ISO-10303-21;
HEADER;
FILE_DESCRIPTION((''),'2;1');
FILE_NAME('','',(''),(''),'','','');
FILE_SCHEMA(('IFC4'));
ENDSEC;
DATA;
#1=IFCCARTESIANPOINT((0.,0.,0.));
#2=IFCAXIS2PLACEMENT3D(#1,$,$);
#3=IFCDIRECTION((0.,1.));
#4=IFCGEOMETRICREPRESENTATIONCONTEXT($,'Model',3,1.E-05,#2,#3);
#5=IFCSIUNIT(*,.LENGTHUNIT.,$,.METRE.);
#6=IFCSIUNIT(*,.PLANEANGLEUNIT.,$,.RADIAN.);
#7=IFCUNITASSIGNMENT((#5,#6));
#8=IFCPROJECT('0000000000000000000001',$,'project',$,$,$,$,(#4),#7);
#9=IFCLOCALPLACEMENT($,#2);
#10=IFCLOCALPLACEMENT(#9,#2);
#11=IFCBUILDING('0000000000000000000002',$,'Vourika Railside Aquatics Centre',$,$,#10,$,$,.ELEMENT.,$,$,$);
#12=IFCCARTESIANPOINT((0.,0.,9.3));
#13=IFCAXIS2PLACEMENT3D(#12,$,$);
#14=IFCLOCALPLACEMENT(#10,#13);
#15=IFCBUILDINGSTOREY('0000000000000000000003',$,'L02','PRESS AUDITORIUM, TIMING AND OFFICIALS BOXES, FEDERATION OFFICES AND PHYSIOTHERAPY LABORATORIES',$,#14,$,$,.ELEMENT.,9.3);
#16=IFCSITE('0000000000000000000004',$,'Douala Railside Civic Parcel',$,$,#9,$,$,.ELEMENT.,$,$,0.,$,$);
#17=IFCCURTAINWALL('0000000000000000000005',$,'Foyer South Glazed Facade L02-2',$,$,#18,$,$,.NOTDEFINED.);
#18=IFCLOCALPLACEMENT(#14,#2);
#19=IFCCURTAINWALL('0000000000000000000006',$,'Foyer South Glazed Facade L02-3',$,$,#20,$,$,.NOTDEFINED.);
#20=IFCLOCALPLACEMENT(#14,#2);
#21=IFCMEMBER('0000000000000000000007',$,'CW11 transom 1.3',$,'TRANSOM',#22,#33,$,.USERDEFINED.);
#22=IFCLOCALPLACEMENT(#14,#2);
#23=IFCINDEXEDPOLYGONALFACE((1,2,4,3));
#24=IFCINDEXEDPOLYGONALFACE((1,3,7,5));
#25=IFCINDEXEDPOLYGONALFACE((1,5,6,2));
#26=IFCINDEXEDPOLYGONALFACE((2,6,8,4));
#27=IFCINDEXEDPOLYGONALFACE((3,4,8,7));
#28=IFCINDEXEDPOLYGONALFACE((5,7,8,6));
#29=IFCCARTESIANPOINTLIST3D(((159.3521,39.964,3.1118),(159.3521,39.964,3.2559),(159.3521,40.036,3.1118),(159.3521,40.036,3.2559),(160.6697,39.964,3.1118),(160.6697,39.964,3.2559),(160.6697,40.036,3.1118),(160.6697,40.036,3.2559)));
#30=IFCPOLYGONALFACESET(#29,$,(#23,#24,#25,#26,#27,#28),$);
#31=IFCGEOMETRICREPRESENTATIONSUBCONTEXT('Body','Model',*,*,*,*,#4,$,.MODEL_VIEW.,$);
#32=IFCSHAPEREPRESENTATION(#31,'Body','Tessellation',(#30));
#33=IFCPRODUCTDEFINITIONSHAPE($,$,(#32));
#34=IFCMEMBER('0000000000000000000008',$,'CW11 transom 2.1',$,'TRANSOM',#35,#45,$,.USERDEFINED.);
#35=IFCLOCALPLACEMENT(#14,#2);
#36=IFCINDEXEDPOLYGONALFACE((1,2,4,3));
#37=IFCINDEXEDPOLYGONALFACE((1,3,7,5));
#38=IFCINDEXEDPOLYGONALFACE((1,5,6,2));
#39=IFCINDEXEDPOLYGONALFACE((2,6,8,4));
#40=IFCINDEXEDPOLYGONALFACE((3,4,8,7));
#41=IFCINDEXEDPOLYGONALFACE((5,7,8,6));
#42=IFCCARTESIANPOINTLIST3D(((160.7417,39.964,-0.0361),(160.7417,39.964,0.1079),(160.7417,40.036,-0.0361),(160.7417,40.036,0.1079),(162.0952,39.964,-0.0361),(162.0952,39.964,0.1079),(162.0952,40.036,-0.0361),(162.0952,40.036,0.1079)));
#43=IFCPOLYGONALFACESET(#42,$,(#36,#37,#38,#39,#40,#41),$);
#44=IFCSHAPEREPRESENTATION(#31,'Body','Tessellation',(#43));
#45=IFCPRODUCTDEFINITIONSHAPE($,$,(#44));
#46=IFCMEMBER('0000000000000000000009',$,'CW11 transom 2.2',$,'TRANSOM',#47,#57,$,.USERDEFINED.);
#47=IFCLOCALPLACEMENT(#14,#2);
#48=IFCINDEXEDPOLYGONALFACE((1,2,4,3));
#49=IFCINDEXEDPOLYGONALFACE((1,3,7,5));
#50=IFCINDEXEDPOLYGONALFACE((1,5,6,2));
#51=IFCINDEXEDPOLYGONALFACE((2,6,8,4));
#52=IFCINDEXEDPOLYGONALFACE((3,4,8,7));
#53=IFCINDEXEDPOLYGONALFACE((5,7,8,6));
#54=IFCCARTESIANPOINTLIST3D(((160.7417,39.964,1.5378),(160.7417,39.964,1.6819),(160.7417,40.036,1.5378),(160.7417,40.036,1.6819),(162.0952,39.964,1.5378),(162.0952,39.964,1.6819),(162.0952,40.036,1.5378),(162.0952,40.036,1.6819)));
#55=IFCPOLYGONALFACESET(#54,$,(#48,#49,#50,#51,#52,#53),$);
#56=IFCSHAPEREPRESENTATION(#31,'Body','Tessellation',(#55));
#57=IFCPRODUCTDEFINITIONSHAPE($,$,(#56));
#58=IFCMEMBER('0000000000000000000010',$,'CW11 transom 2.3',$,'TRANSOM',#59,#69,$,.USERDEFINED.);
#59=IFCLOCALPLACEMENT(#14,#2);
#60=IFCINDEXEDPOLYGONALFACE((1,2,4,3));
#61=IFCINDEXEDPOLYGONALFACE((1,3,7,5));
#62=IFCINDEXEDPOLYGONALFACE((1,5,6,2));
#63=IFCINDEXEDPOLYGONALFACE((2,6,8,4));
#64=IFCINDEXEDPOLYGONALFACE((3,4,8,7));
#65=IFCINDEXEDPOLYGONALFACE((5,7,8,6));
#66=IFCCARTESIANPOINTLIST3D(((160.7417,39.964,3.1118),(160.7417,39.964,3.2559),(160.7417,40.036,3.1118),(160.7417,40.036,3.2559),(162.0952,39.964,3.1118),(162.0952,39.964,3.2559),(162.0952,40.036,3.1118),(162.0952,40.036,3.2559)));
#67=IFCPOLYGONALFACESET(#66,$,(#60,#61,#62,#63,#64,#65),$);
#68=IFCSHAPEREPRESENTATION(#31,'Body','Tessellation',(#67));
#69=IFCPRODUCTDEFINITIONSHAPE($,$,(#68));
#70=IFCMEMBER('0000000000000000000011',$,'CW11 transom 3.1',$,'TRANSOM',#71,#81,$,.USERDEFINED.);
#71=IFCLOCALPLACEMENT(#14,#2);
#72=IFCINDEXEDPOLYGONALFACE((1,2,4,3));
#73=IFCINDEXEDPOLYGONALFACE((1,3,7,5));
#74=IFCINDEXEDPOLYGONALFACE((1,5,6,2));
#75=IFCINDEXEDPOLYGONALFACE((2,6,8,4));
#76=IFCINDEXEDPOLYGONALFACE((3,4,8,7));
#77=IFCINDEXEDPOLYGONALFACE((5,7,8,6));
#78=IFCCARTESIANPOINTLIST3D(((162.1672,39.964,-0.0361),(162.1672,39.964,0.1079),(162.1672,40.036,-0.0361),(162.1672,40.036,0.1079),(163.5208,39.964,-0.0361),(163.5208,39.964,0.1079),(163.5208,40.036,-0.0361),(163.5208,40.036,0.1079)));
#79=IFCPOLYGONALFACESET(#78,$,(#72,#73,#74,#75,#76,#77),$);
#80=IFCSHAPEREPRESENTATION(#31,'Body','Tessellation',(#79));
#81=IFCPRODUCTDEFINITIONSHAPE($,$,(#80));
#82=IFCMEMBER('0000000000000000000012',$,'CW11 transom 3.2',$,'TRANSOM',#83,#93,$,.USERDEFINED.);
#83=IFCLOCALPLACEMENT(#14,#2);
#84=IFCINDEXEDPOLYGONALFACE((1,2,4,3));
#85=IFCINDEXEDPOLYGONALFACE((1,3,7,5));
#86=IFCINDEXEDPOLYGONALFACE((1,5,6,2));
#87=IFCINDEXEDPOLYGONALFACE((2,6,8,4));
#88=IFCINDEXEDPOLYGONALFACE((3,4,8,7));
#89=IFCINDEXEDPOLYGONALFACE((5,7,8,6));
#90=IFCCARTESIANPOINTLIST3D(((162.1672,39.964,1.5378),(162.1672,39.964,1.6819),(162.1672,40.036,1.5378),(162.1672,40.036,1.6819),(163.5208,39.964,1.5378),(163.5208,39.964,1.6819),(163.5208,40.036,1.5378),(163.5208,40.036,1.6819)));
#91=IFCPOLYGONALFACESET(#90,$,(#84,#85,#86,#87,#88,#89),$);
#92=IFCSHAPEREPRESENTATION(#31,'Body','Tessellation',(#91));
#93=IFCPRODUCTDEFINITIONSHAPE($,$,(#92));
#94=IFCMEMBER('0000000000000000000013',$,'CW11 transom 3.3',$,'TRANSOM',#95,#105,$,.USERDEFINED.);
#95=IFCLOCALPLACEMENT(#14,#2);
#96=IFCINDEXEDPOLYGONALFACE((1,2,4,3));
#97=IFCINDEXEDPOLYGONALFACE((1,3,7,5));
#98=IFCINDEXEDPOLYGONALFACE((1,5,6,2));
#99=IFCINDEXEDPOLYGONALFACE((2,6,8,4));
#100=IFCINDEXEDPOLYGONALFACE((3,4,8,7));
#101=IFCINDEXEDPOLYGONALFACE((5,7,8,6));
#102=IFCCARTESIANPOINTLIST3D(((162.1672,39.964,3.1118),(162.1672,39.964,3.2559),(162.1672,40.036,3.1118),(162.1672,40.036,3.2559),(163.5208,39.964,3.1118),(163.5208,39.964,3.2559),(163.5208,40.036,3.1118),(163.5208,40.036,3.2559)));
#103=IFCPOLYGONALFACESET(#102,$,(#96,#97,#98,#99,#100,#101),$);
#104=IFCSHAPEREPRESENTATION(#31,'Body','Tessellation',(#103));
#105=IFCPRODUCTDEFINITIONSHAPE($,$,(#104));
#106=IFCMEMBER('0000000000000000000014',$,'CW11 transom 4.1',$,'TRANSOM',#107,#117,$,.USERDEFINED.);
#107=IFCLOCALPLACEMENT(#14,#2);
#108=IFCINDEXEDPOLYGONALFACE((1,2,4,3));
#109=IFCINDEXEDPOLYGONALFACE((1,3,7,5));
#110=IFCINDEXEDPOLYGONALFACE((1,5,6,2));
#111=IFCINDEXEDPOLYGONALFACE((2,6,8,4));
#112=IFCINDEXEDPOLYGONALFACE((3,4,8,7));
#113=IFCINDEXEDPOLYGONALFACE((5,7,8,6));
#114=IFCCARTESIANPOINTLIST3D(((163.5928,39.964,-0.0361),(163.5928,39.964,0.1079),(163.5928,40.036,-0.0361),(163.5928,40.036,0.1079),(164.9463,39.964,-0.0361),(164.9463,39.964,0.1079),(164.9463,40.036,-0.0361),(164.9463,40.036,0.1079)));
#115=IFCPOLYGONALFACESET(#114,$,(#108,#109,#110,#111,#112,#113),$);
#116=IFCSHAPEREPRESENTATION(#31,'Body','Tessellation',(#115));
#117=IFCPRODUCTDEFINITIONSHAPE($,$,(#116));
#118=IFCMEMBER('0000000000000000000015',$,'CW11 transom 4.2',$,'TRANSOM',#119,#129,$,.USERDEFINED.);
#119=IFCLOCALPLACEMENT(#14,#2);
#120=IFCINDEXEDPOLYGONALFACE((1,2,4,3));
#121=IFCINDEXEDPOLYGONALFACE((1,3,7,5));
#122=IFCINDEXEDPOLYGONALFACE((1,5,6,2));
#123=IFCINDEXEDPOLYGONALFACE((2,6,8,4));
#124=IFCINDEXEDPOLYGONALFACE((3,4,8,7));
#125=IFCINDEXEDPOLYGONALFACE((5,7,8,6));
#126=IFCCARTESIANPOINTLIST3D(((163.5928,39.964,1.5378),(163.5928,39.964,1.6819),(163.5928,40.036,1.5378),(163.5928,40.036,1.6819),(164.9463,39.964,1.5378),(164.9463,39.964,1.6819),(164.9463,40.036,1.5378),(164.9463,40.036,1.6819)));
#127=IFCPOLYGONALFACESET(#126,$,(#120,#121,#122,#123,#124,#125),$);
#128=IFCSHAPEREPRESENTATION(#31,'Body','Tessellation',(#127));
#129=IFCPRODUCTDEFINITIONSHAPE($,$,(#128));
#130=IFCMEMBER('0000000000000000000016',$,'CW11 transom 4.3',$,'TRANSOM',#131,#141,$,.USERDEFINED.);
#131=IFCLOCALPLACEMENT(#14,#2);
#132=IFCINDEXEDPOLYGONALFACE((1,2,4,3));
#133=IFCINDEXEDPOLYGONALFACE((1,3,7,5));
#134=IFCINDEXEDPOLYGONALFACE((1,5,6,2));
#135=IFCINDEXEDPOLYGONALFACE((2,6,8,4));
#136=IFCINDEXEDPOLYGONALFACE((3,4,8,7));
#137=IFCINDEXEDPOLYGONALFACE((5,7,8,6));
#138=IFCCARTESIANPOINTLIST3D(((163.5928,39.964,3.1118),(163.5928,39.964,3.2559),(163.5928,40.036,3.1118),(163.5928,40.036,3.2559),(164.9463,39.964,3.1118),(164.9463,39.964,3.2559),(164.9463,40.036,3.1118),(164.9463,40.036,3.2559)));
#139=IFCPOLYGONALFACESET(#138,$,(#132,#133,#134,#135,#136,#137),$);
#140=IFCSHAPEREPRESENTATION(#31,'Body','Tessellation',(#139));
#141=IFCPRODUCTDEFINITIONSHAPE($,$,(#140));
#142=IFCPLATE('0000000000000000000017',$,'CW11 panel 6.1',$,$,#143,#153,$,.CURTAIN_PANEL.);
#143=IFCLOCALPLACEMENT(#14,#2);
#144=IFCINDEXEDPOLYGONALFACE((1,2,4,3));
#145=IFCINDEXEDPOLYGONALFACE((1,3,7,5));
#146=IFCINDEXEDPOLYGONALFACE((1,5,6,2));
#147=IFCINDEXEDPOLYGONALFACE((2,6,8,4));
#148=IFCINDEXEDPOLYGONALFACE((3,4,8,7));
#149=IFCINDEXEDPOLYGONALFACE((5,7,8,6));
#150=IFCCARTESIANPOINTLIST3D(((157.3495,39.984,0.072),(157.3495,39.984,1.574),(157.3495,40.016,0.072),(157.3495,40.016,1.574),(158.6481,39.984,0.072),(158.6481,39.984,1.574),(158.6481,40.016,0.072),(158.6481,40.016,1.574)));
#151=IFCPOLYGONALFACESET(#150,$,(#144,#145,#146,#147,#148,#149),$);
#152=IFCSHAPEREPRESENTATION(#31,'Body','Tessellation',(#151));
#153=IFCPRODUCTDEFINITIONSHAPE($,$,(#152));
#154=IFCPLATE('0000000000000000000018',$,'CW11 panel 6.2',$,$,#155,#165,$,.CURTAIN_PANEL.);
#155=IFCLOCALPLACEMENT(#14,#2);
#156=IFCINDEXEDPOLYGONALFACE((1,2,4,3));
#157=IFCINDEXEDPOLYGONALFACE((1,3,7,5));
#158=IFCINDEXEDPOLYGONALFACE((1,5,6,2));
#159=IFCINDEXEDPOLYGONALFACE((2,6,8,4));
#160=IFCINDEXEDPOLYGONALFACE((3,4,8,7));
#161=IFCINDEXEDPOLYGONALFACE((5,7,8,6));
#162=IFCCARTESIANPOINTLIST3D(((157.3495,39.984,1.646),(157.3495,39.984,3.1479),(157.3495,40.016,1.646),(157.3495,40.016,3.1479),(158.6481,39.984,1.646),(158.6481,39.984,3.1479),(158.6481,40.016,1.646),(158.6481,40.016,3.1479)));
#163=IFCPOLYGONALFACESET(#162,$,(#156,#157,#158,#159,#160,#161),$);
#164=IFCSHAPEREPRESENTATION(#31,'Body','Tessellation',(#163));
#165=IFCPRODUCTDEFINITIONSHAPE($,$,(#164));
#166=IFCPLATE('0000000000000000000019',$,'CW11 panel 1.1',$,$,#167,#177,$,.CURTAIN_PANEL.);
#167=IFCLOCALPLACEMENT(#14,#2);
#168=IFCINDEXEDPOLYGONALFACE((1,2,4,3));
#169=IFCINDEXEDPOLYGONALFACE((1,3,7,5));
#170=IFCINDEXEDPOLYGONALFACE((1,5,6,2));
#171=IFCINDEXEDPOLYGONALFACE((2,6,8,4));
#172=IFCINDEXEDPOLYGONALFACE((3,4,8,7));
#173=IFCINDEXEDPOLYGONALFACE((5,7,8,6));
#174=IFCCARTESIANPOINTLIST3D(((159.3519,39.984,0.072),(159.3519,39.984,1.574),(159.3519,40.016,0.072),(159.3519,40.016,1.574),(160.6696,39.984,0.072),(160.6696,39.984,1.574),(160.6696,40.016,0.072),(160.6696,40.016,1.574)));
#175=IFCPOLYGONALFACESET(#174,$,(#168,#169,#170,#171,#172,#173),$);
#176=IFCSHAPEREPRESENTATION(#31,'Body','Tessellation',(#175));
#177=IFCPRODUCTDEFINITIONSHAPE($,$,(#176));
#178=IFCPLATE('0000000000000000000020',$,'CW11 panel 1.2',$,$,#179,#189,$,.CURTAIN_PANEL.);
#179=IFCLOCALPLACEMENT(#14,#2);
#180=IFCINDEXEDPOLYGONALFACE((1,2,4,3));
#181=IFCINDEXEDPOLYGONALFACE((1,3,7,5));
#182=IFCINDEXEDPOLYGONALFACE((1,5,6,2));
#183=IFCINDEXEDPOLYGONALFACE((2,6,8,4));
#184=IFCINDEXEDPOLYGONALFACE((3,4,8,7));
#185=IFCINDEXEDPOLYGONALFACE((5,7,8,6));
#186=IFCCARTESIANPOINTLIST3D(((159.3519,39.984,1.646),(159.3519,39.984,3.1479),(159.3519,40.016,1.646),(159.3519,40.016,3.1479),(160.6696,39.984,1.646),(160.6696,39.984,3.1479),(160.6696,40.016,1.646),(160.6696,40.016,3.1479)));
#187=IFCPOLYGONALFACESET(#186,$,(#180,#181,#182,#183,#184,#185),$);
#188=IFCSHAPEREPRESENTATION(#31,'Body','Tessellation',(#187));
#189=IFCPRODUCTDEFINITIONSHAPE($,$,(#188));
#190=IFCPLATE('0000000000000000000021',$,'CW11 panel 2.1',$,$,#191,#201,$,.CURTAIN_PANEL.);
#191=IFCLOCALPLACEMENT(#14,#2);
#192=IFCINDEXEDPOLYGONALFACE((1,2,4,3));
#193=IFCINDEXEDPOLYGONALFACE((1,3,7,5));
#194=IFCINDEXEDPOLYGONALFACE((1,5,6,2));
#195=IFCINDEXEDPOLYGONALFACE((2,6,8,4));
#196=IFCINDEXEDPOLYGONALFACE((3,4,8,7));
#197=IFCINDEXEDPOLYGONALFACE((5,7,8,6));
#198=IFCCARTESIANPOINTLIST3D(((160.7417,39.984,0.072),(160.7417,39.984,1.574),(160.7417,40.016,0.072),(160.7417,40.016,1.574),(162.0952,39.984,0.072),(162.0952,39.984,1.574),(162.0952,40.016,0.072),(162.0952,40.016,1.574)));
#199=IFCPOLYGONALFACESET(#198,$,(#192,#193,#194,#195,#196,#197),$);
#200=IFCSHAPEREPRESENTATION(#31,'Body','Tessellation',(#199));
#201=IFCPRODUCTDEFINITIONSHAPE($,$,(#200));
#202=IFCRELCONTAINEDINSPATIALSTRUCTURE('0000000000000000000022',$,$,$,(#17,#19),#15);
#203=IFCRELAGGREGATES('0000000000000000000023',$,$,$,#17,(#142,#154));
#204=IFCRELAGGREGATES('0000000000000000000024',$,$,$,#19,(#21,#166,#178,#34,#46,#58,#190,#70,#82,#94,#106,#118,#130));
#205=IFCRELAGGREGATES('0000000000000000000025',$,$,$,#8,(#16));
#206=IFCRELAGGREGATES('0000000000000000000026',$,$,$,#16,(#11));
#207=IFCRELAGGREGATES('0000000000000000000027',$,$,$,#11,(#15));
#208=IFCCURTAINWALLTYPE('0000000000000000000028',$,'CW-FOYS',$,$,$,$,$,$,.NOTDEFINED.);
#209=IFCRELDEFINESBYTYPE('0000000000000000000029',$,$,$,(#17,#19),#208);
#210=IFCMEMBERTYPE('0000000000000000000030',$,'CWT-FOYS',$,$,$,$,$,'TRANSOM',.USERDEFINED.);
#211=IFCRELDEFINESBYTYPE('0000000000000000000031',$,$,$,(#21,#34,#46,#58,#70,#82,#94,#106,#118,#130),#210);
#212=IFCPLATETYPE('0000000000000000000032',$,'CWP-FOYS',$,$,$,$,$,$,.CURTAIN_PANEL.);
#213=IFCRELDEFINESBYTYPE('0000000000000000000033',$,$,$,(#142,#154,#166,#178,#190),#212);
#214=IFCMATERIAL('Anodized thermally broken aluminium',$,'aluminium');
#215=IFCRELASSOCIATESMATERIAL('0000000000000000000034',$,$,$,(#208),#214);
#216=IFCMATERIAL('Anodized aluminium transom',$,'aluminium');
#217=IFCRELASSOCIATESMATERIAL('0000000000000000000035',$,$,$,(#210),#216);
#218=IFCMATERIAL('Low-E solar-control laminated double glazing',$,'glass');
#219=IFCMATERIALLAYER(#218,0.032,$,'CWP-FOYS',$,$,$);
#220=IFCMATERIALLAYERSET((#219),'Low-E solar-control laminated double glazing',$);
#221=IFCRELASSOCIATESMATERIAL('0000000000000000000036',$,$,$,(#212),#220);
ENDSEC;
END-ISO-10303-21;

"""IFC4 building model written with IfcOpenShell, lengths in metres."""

from ifc_helpers import new_model, si_unit, direction, frame, origin, origin_2d, place, context, subcontext, project, spatial, rectangle, extrude, material, layer, layer_set, material_profile, profile_set, type_object, element, aggregate, save


model = new_model("IFC4")

# Units and contexts
model_context = context("Model", 3, precision=1e-05, world=origin(), true_north=direction((0.0, 1.0)))
body_context = subcontext(model_context, "Body", "Model", "MODEL_VIEW")
ifc_project = project(units=[si_unit("LENGTHUNIT", "METRE"), si_unit("PLANEANGLEUNIT", "RADIAN")], contexts=[model_context])

# Site, building, storey
site_placement = place(None, origin())
site = spatial("IfcSite", under=ifc_project, at=site_placement, Name="Douala Railside Civic Parcel", CompositionType="ELEMENT", RefElevation=0.0)
building_placement = place(site_placement, origin())
building = spatial("IfcBuilding", under=site, at=building_placement, Name="Vourika Railside Aquatics Centre", CompositionType="ELEMENT")
storey_placement = place(building_placement, frame((0.0, 0.0, 9.3)))
storey = spatial("IfcBuildingStorey", under=building, at=storey_placement, Name="L02", Description="PRESS AUDITORIUM, TIMING AND OFFICIALS BOXES, FEDERATION OFFICES AND PHYSIOTHERAPY LABORATORIES", CompositionType="ELEMENT", Elevation=9.3)

# Curtain wall
ifc_material_1 = material(Name="Anodized thermally broken aluminium", Category="aluminium")
curtain_wall_type = type_object("IfcCurtainWallType", Name="CW-FOYS", PredefinedType="NOTDEFINED", material=ifc_material_1)
curtain_wall_1_placement = place(storey_placement, origin())
curtain_wall_1 = element("IfcCurtainWall", 1, at=curtain_wall_1_placement, inside=storey, type_object=curtain_wall_type, Name="Foyer South Glazed Facade L02-2", PredefinedType="NOTDEFINED")

# Curtain wall
curtain_wall_2_placement = place(storey_placement, origin())
curtain_wall_2 = element("IfcCurtainWall", 2, at=curtain_wall_2_placement, inside=storey, type_object=curtain_wall_type, Name="Foyer South Glazed Facade L02-3", PredefinedType="NOTDEFINED")

# Members
ifc_material_2 = material(Name="Anodized aluminium transom", Category="aluminium")
ifc_material_profile_1 = material_profile(ifc_material_2, rectangle(XDim=0.072, YDim=0.144, at=origin_2d()), Name="ALU-T 72x144")
ifc_profile_set_1 = profile_set([ifc_material_profile_1], Name="Anodized aluminium transom")
member_type_1 = type_object("IfcMemberType", Name="CWT-FOYS", ElementType="TRANSOM", PredefinedType="USERDEFINED", material=ifc_profile_set_1)
member_1_placement = place(storey_placement, frame((159.3521, 40.0, 3.1838), z_axis=(1.0, 0.0, 0.0), x_axis=(0.0, 1.0, 0.0)))
member_1 = element("IfcMember", 3, at=member_1_placement, type_object=member_type_1, Name="CW11 transom 1.3", ObjectType="TRANSOM", PredefinedType="USERDEFINED", context=body_context, shape_type="SweptSolid", body=[
    extrude(rectangle(XDim=0.072, YDim=0.144, at=origin_2d()), origin(), (0.0, 0.0, 1.0), 1.3176),
])
member_2_placement = place(storey_placement, frame((160.7417, 40.0, 0.0359), z_axis=(1.0, 0.0, 0.0), x_axis=(0.0, 1.0, 0.0)))
member_2 = element("IfcMember", 4, at=member_2_placement, type_object=member_type_1, Name="CW11 transom 2.1", ObjectType="TRANSOM", PredefinedType="USERDEFINED", context=body_context, shape_type="SweptSolid", body=[
    extrude(rectangle(XDim=0.072, YDim=0.144, at=origin_2d()), origin(), (0.0, 0.0, 1.0), 1.3535),
])
member_3_placement = place(storey_placement, frame((160.7417, 40.0, 1.6099), z_axis=(1.0, 0.0, 0.0), x_axis=(0.0, 1.0, 0.0)))
member_3 = element("IfcMember", 5, at=member_3_placement, type_object=member_type_1, Name="CW11 transom 2.2", ObjectType="TRANSOM", PredefinedType="USERDEFINED", context=body_context, shape_type="SweptSolid", body=[
    extrude(rectangle(XDim=0.072, YDim=0.144, at=origin_2d()), origin(), (0.0, 0.0, 1.0), 1.3535),
])
member_4_placement = place(storey_placement, frame((160.7417, 40.0, 3.1838), z_axis=(1.0, 0.0, 0.0), x_axis=(0.0, 1.0, 0.0)))
member_4 = element("IfcMember", 6, at=member_4_placement, type_object=member_type_1, Name="CW11 transom 2.3", ObjectType="TRANSOM", PredefinedType="USERDEFINED", context=body_context, shape_type="SweptSolid", body=[
    extrude(rectangle(XDim=0.072, YDim=0.144, at=origin_2d()), origin(), (0.0, 0.0, 1.0), 1.3535),
])
member_5_placement = place(storey_placement, frame((162.1672, 40.0, 0.0359), z_axis=(1.0, 0.0, 0.0), x_axis=(0.0, 1.0, 0.0)))
member_5 = element("IfcMember", 7, at=member_5_placement, type_object=member_type_1, Name="CW11 transom 3.1", ObjectType="TRANSOM", PredefinedType="USERDEFINED", context=body_context, shape_type="SweptSolid", body=[
    extrude(rectangle(XDim=0.072, YDim=0.144, at=origin_2d()), origin(), (0.0, 0.0, 1.0), 1.3535),
])
member_6_placement = place(storey_placement, frame((162.1672, 40.0, 1.6099), z_axis=(1.0, 0.0, 0.0), x_axis=(0.0, 1.0, 0.0)))
member_6 = element("IfcMember", 8, at=member_6_placement, type_object=member_type_1, Name="CW11 transom 3.2", ObjectType="TRANSOM", PredefinedType="USERDEFINED", context=body_context, shape_type="SweptSolid", body=[
    extrude(rectangle(XDim=0.072, YDim=0.144, at=origin_2d()), origin(), (0.0, 0.0, 1.0), 1.3535),
])
member_7_placement = place(storey_placement, frame((162.1672, 40.0, 3.1838), z_axis=(1.0, 0.0, 0.0), x_axis=(0.0, 1.0, 0.0)))
member_7 = element("IfcMember", 9, at=member_7_placement, type_object=member_type_1, Name="CW11 transom 3.3", ObjectType="TRANSOM", PredefinedType="USERDEFINED", context=body_context, shape_type="SweptSolid", body=[
    extrude(rectangle(XDim=0.072, YDim=0.144, at=origin_2d()), origin(), (0.0, 0.0, 1.0), 1.3535),
])
member_8_placement = place(storey_placement, frame((163.5928, 40.0, 0.0359), z_axis=(1.0, 0.0, 0.0), x_axis=(0.0, 1.0, 0.0)))
member_8 = element("IfcMember", 10, at=member_8_placement, type_object=member_type_1, Name="CW11 transom 4.1", ObjectType="TRANSOM", PredefinedType="USERDEFINED", context=body_context, shape_type="SweptSolid", body=[
    extrude(rectangle(XDim=0.072, YDim=0.144, at=origin_2d()), origin(), (0.0, 0.0, 1.0), 1.3535),
])
member_9_placement = place(storey_placement, frame((163.5928, 40.0, 1.6099), z_axis=(1.0, 0.0, 0.0), x_axis=(0.0, 1.0, 0.0)))
member_9 = element("IfcMember", 11, at=member_9_placement, type_object=member_type_1, Name="CW11 transom 4.2", ObjectType="TRANSOM", PredefinedType="USERDEFINED", context=body_context, shape_type="SweptSolid", body=[
    extrude(rectangle(XDim=0.072, YDim=0.144, at=origin_2d()), origin(), (0.0, 0.0, 1.0), 1.3535),
])
member_10_placement = place(storey_placement, frame((163.5928, 40.0, 3.1838), z_axis=(1.0, 0.0, 0.0), x_axis=(0.0, 1.0, 0.0)))
member_10 = element("IfcMember", 12, at=member_10_placement, type_object=member_type_1, Name="CW11 transom 4.3", ObjectType="TRANSOM", PredefinedType="USERDEFINED", context=body_context, shape_type="SweptSolid", body=[
    extrude(rectangle(XDim=0.072, YDim=0.144, at=origin_2d()), origin(), (0.0, 0.0, 1.0), 1.3535),
])

# Plates
ifc_material_3 = material(Name="Low-E solar-control laminated double glazing", Category="glass")
ifc_layer_1 = layer(ifc_material_3, 0.032, Name="CWP-FOYS")
ifc_layer_set_1 = layer_set([ifc_layer_1], Name="Low-E solar-control laminated double glazing")
plate_type = type_object("IfcPlateType", Name="CWP-FOYS", PredefinedType="CURTAIN_PANEL", material=ifc_layer_set_1)
plate_1_placement = place(storey_placement, frame((157.9988, 40.0, 0.072), z_axis=(0.0, 0.0, 1.0), x_axis=(1.0, 0.0, 0.0)))
plate_1 = element("IfcPlate", 13, at=plate_1_placement, type_object=plate_type, Name="CW11 panel 6.1", PredefinedType="CURTAIN_PANEL", context=body_context, shape_type="SweptSolid", body=[
    extrude(rectangle(XDim=1.2986, YDim=0.032, at=origin_2d()), origin(), (0.0, 0.0, 1.0), 1.502),
])
plate_2_placement = place(storey_placement, frame((157.9988, 40.0, 1.646), z_axis=(0.0, 0.0, 1.0), x_axis=(1.0, 0.0, 0.0)))
plate_2 = element("IfcPlate", 14, at=plate_2_placement, type_object=plate_type, Name="CW11 panel 6.2", PredefinedType="CURTAIN_PANEL", context=body_context, shape_type="SweptSolid", body=[
    extrude(rectangle(XDim=1.2986, YDim=0.032, at=origin_2d()), origin(), (0.0, 0.0, 1.0), 1.502),
])
aggregate(curtain_wall_1, [plate_1, plate_2])
plate_3_placement = place(storey_placement, frame((160.0107, 40.0, 0.072), z_axis=(0.0, 0.0, 1.0), x_axis=(1.0, 0.0, 0.0)))
plate_3 = element("IfcPlate", 15, at=plate_3_placement, type_object=plate_type, Name="CW11 panel 1.1", PredefinedType="CURTAIN_PANEL", context=body_context, shape_type="SweptSolid", body=[
    extrude(rectangle(XDim=1.3176, YDim=0.032, at=origin_2d()), origin(), (0.0, 0.0, 1.0), 1.502),
])
plate_4_placement = place(storey_placement, frame((160.0107, 40.0, 1.646), z_axis=(0.0, 0.0, 1.0), x_axis=(1.0, 0.0, 0.0)))
plate_4 = element("IfcPlate", 16, at=plate_4_placement, type_object=plate_type, Name="CW11 panel 1.2", PredefinedType="CURTAIN_PANEL", context=body_context, shape_type="SweptSolid", body=[
    extrude(rectangle(XDim=1.3176, YDim=0.032, at=origin_2d()), origin(), (0.0, 0.0, 1.0), 1.502),
])
plate_5_placement = place(storey_placement, frame((161.4185, 40.0, 0.072), z_axis=(0.0, 0.0, 1.0), x_axis=(1.0, 0.0, 0.0)))
plate_5 = element("IfcPlate", 17, at=plate_5_placement, type_object=plate_type, Name="CW11 panel 2.1", PredefinedType="CURTAIN_PANEL", context=body_context, shape_type="SweptSolid", body=[
    extrude(rectangle(XDim=1.3535, YDim=0.032, at=origin_2d()), origin(), (0.0, 0.0, 1.0), 1.502),
])
aggregate(curtain_wall_2, [member_1, plate_3, plate_4, member_2, member_3, member_4, plate_5, member_5, member_6, member_7, member_8, member_9, member_10])

save(model, "model.ifc")
